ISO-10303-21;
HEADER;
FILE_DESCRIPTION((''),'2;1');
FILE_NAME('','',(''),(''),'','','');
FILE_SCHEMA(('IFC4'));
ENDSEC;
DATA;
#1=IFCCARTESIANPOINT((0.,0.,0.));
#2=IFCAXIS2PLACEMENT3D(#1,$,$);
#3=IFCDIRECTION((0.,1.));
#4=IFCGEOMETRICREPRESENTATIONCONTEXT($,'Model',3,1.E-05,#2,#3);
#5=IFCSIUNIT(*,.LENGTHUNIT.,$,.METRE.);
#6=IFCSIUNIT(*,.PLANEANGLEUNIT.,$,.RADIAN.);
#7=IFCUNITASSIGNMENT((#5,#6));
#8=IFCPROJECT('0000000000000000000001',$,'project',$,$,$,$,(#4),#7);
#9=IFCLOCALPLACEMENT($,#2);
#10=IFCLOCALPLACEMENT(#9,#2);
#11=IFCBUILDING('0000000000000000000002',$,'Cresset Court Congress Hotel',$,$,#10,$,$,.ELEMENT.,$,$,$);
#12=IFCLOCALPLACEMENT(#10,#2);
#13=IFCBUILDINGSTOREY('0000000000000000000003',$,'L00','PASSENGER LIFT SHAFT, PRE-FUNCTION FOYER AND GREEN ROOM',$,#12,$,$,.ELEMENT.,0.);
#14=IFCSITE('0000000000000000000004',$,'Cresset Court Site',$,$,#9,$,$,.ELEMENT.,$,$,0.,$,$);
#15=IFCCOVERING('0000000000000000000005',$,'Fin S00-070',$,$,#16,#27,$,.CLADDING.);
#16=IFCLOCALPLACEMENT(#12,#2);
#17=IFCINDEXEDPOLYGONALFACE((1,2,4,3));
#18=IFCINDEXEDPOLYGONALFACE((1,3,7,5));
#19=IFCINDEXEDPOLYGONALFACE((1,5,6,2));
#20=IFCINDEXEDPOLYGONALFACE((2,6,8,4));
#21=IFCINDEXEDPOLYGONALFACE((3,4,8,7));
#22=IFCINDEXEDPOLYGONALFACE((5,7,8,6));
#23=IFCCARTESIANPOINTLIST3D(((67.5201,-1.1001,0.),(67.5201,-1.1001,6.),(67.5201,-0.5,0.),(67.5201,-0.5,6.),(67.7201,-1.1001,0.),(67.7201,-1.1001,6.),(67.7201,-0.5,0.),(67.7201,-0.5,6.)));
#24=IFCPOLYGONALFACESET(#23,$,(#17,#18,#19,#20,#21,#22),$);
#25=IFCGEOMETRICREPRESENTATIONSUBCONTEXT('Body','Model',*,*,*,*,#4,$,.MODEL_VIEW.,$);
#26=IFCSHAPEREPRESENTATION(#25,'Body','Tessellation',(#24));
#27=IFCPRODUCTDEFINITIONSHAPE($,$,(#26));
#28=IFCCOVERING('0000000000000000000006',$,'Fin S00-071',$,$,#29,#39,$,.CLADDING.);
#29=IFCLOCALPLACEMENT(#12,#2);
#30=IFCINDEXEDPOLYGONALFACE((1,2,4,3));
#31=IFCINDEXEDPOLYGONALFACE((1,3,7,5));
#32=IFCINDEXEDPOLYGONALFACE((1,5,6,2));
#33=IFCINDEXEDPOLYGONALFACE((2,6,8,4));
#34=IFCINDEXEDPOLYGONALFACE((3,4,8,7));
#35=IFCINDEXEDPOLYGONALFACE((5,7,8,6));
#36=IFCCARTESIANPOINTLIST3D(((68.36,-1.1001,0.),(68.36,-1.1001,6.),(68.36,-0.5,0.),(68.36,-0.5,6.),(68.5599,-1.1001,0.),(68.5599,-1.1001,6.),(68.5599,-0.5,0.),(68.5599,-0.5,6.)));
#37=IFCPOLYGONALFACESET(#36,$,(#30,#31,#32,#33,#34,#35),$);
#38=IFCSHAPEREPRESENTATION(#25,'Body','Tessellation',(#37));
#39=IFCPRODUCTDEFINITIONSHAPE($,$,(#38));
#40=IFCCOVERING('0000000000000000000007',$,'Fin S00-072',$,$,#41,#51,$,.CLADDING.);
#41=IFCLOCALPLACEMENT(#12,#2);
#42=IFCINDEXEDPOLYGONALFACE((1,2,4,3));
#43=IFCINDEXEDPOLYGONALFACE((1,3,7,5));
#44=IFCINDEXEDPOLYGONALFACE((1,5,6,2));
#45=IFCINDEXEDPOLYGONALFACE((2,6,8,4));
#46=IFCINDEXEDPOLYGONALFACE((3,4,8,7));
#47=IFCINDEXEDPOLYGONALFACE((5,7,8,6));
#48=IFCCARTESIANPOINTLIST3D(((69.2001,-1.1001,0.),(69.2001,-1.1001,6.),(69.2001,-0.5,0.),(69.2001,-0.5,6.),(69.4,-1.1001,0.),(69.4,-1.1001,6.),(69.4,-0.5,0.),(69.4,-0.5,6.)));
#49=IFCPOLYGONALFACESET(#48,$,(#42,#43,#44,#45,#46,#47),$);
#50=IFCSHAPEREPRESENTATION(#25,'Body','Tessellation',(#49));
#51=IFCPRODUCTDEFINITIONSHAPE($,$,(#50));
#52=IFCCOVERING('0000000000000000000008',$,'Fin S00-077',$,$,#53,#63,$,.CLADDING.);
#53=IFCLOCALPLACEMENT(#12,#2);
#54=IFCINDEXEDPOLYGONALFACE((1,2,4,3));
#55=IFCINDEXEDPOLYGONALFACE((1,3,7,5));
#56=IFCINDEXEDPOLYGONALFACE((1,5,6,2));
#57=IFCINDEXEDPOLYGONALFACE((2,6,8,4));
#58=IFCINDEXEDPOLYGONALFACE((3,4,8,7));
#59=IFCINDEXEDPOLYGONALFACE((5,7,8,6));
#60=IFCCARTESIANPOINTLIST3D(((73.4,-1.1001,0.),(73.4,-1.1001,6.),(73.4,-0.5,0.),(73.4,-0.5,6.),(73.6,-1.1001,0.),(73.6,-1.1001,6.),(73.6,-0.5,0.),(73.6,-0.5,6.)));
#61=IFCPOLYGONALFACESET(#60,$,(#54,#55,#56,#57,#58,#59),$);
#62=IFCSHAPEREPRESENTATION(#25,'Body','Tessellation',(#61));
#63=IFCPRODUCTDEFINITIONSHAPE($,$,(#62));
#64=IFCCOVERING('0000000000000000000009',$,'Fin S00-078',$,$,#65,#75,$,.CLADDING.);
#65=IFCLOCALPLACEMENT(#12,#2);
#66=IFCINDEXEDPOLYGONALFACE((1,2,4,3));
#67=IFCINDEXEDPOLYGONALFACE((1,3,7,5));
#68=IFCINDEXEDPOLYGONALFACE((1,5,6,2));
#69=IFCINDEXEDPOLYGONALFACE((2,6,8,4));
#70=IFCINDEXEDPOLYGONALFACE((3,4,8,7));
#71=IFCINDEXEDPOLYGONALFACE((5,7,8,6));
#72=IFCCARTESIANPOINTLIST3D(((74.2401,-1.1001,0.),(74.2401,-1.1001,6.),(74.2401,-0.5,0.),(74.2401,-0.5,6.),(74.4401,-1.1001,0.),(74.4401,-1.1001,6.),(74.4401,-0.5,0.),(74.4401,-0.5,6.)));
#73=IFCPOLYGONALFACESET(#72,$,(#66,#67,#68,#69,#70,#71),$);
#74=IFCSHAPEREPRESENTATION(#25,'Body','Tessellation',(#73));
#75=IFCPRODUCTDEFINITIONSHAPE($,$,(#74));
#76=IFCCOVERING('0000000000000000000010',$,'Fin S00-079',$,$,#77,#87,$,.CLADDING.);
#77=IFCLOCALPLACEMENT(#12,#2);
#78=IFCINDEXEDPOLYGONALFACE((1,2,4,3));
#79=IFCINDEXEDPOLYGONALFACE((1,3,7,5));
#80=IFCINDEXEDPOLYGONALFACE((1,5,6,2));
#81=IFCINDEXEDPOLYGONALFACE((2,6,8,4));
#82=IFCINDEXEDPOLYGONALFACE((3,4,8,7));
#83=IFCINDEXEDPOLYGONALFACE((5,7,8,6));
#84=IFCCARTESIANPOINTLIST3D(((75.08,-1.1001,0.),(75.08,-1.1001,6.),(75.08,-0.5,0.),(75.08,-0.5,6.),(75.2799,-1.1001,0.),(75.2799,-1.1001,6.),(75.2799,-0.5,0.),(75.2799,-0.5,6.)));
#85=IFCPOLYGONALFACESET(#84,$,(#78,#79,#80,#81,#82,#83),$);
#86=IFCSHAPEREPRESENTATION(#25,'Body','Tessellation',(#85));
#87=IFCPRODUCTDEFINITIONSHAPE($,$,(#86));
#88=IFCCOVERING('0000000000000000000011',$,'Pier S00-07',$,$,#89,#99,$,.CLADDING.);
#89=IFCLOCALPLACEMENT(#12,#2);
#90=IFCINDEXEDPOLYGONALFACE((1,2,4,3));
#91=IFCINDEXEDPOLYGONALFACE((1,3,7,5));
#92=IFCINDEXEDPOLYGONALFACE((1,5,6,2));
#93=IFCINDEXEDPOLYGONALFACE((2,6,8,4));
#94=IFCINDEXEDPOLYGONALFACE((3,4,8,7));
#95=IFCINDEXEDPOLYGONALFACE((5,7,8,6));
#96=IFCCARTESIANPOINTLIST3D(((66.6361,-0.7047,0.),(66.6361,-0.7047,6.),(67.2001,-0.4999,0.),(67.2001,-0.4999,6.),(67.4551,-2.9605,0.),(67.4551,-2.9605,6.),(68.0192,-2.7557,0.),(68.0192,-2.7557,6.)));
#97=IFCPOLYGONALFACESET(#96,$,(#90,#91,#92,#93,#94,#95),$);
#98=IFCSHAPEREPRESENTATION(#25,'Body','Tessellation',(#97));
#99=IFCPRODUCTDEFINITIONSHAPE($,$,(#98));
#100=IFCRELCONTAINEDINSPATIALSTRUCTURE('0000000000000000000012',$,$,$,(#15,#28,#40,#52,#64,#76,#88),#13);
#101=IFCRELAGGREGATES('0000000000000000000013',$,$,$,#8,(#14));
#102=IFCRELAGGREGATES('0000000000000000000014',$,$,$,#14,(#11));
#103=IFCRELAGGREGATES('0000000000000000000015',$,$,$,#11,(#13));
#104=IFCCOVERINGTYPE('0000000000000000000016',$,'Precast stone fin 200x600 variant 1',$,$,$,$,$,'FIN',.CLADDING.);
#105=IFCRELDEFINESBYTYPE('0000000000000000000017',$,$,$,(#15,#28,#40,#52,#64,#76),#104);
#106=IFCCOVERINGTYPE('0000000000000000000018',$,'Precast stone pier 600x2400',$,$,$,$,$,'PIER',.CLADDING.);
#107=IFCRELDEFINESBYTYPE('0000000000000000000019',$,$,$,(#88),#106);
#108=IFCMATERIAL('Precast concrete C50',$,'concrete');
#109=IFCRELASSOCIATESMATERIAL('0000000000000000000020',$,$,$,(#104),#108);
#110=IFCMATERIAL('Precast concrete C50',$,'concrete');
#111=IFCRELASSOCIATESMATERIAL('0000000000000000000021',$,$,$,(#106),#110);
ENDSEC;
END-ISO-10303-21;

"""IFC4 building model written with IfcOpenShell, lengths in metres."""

from ifc_helpers import new_model, si_unit, direction, frame, origin, origin_2d, place, context, subcontext, project, spatial, rectangle, extrude, material, type_object, element, save


model = new_model("IFC4")

# Units and contexts
model_context = context("Model", 3, precision=1e-05, world=origin(), true_north=direction((0.0, 1.0)))
body_context = subcontext(model_context, "Body", "Model", "MODEL_VIEW")
ifc_project = project(units=[si_unit("LENGTHUNIT", "METRE"), si_unit("PLANEANGLEUNIT", "RADIAN")], contexts=[model_context])

# Site, building, storey
site_placement = place(None, origin())
site = spatial("IfcSite", under=ifc_project, at=site_placement, Name="Cresset Court Site", CompositionType="ELEMENT", RefElevation=0.0)
building_placement = place(site_placement, origin())
building = spatial("IfcBuilding", under=site, at=building_placement, Name="Cresset Court Congress Hotel", CompositionType="ELEMENT")
storey_placement = place(building_placement, origin())
storey = spatial("IfcBuildingStorey", under=building, at=storey_placement, Name="L00", Description="PASSENGER LIFT SHAFT, PRE-FUNCTION FOYER AND GREEN ROOM", CompositionType="ELEMENT", Elevation=0.0)

# Coverings
ifc_material_1 = material(Name="Precast concrete C50", Category="concrete")
covering_type_1 = type_object("IfcCoveringType", Name="Precast stone fin 200x600 variant 1", ElementType="FIN", PredefinedType="CLADDING", material=ifc_material_1)
for number, where, z_axis, x_axis, name in (
    (1, (67.6201, -0.8, 0.0), (0.0, 0.0, 1.0), (1.0, 0.0, 0.0), "Fin S00-070"),
    (2, (68.46, -0.8, 0.0), (0.0, 0.0, 1.0), (1.0, 0.0, 0.0), "Fin S00-071"),
    (3, (69.3, -0.8, 0.0), (0.0, 0.0, 1.0), (1.0, 0.0, 0.0), "Fin S00-072"),
    (4, (73.5, -0.8, 0.0), (0.0, 0.0, 1.0), (1.0, 0.0, 0.0), "Fin S00-077"),
    (5, (74.3401, -0.8, 0.0), (0.0, 0.0, 1.0), (1.0, 0.0, 0.0), "Fin S00-078"),
    (6, (75.1799, -0.8, 0.0), (0.0, 0.0, 1.0), (1.0, 0.0, 0.0), "Fin S00-079"),
):
    element("IfcCovering", number, at=place(storey_placement, frame(where, z_axis=z_axis, x_axis=x_axis)), inside=storey, type_object=covering_type_1, Name=name, PredefinedType="CLADDING", context=body_context, shape_type="SweptSolid", body=[
        extrude(rectangle(XDim=0.2, YDim=0.6001, at=origin_2d()), origin(), (0.0, 0.0, 1.0), 6.0),
    ])
ifc_material_2 = material(Name="Precast concrete C50", Category="concrete")
covering_type_2 = type_object("IfcCoveringType", Name="Precast stone pier 600x2400", ElementType="PIER", PredefinedType="CLADDING", material=ifc_material_2)
covering_placement = place(storey_placement, frame((67.3276, -1.7302, 0.0), z_axis=(0.0, 0.0, 1.0), x_axis=(0.939957, 0.341293, 0.0)))
element("IfcCovering", 7, at=covering_placement, inside=storey, type_object=covering_type_2, Name="Pier S00-07", PredefinedType="CLADDING", context=body_context, shape_type="SweptSolid", body=[
    extrude(rectangle(XDim=0.6001, YDim=2.3999, at=origin_2d()), origin(), (0.0, 0.0, 1.0), 6.0),
])

save(model, "model.ifc")
